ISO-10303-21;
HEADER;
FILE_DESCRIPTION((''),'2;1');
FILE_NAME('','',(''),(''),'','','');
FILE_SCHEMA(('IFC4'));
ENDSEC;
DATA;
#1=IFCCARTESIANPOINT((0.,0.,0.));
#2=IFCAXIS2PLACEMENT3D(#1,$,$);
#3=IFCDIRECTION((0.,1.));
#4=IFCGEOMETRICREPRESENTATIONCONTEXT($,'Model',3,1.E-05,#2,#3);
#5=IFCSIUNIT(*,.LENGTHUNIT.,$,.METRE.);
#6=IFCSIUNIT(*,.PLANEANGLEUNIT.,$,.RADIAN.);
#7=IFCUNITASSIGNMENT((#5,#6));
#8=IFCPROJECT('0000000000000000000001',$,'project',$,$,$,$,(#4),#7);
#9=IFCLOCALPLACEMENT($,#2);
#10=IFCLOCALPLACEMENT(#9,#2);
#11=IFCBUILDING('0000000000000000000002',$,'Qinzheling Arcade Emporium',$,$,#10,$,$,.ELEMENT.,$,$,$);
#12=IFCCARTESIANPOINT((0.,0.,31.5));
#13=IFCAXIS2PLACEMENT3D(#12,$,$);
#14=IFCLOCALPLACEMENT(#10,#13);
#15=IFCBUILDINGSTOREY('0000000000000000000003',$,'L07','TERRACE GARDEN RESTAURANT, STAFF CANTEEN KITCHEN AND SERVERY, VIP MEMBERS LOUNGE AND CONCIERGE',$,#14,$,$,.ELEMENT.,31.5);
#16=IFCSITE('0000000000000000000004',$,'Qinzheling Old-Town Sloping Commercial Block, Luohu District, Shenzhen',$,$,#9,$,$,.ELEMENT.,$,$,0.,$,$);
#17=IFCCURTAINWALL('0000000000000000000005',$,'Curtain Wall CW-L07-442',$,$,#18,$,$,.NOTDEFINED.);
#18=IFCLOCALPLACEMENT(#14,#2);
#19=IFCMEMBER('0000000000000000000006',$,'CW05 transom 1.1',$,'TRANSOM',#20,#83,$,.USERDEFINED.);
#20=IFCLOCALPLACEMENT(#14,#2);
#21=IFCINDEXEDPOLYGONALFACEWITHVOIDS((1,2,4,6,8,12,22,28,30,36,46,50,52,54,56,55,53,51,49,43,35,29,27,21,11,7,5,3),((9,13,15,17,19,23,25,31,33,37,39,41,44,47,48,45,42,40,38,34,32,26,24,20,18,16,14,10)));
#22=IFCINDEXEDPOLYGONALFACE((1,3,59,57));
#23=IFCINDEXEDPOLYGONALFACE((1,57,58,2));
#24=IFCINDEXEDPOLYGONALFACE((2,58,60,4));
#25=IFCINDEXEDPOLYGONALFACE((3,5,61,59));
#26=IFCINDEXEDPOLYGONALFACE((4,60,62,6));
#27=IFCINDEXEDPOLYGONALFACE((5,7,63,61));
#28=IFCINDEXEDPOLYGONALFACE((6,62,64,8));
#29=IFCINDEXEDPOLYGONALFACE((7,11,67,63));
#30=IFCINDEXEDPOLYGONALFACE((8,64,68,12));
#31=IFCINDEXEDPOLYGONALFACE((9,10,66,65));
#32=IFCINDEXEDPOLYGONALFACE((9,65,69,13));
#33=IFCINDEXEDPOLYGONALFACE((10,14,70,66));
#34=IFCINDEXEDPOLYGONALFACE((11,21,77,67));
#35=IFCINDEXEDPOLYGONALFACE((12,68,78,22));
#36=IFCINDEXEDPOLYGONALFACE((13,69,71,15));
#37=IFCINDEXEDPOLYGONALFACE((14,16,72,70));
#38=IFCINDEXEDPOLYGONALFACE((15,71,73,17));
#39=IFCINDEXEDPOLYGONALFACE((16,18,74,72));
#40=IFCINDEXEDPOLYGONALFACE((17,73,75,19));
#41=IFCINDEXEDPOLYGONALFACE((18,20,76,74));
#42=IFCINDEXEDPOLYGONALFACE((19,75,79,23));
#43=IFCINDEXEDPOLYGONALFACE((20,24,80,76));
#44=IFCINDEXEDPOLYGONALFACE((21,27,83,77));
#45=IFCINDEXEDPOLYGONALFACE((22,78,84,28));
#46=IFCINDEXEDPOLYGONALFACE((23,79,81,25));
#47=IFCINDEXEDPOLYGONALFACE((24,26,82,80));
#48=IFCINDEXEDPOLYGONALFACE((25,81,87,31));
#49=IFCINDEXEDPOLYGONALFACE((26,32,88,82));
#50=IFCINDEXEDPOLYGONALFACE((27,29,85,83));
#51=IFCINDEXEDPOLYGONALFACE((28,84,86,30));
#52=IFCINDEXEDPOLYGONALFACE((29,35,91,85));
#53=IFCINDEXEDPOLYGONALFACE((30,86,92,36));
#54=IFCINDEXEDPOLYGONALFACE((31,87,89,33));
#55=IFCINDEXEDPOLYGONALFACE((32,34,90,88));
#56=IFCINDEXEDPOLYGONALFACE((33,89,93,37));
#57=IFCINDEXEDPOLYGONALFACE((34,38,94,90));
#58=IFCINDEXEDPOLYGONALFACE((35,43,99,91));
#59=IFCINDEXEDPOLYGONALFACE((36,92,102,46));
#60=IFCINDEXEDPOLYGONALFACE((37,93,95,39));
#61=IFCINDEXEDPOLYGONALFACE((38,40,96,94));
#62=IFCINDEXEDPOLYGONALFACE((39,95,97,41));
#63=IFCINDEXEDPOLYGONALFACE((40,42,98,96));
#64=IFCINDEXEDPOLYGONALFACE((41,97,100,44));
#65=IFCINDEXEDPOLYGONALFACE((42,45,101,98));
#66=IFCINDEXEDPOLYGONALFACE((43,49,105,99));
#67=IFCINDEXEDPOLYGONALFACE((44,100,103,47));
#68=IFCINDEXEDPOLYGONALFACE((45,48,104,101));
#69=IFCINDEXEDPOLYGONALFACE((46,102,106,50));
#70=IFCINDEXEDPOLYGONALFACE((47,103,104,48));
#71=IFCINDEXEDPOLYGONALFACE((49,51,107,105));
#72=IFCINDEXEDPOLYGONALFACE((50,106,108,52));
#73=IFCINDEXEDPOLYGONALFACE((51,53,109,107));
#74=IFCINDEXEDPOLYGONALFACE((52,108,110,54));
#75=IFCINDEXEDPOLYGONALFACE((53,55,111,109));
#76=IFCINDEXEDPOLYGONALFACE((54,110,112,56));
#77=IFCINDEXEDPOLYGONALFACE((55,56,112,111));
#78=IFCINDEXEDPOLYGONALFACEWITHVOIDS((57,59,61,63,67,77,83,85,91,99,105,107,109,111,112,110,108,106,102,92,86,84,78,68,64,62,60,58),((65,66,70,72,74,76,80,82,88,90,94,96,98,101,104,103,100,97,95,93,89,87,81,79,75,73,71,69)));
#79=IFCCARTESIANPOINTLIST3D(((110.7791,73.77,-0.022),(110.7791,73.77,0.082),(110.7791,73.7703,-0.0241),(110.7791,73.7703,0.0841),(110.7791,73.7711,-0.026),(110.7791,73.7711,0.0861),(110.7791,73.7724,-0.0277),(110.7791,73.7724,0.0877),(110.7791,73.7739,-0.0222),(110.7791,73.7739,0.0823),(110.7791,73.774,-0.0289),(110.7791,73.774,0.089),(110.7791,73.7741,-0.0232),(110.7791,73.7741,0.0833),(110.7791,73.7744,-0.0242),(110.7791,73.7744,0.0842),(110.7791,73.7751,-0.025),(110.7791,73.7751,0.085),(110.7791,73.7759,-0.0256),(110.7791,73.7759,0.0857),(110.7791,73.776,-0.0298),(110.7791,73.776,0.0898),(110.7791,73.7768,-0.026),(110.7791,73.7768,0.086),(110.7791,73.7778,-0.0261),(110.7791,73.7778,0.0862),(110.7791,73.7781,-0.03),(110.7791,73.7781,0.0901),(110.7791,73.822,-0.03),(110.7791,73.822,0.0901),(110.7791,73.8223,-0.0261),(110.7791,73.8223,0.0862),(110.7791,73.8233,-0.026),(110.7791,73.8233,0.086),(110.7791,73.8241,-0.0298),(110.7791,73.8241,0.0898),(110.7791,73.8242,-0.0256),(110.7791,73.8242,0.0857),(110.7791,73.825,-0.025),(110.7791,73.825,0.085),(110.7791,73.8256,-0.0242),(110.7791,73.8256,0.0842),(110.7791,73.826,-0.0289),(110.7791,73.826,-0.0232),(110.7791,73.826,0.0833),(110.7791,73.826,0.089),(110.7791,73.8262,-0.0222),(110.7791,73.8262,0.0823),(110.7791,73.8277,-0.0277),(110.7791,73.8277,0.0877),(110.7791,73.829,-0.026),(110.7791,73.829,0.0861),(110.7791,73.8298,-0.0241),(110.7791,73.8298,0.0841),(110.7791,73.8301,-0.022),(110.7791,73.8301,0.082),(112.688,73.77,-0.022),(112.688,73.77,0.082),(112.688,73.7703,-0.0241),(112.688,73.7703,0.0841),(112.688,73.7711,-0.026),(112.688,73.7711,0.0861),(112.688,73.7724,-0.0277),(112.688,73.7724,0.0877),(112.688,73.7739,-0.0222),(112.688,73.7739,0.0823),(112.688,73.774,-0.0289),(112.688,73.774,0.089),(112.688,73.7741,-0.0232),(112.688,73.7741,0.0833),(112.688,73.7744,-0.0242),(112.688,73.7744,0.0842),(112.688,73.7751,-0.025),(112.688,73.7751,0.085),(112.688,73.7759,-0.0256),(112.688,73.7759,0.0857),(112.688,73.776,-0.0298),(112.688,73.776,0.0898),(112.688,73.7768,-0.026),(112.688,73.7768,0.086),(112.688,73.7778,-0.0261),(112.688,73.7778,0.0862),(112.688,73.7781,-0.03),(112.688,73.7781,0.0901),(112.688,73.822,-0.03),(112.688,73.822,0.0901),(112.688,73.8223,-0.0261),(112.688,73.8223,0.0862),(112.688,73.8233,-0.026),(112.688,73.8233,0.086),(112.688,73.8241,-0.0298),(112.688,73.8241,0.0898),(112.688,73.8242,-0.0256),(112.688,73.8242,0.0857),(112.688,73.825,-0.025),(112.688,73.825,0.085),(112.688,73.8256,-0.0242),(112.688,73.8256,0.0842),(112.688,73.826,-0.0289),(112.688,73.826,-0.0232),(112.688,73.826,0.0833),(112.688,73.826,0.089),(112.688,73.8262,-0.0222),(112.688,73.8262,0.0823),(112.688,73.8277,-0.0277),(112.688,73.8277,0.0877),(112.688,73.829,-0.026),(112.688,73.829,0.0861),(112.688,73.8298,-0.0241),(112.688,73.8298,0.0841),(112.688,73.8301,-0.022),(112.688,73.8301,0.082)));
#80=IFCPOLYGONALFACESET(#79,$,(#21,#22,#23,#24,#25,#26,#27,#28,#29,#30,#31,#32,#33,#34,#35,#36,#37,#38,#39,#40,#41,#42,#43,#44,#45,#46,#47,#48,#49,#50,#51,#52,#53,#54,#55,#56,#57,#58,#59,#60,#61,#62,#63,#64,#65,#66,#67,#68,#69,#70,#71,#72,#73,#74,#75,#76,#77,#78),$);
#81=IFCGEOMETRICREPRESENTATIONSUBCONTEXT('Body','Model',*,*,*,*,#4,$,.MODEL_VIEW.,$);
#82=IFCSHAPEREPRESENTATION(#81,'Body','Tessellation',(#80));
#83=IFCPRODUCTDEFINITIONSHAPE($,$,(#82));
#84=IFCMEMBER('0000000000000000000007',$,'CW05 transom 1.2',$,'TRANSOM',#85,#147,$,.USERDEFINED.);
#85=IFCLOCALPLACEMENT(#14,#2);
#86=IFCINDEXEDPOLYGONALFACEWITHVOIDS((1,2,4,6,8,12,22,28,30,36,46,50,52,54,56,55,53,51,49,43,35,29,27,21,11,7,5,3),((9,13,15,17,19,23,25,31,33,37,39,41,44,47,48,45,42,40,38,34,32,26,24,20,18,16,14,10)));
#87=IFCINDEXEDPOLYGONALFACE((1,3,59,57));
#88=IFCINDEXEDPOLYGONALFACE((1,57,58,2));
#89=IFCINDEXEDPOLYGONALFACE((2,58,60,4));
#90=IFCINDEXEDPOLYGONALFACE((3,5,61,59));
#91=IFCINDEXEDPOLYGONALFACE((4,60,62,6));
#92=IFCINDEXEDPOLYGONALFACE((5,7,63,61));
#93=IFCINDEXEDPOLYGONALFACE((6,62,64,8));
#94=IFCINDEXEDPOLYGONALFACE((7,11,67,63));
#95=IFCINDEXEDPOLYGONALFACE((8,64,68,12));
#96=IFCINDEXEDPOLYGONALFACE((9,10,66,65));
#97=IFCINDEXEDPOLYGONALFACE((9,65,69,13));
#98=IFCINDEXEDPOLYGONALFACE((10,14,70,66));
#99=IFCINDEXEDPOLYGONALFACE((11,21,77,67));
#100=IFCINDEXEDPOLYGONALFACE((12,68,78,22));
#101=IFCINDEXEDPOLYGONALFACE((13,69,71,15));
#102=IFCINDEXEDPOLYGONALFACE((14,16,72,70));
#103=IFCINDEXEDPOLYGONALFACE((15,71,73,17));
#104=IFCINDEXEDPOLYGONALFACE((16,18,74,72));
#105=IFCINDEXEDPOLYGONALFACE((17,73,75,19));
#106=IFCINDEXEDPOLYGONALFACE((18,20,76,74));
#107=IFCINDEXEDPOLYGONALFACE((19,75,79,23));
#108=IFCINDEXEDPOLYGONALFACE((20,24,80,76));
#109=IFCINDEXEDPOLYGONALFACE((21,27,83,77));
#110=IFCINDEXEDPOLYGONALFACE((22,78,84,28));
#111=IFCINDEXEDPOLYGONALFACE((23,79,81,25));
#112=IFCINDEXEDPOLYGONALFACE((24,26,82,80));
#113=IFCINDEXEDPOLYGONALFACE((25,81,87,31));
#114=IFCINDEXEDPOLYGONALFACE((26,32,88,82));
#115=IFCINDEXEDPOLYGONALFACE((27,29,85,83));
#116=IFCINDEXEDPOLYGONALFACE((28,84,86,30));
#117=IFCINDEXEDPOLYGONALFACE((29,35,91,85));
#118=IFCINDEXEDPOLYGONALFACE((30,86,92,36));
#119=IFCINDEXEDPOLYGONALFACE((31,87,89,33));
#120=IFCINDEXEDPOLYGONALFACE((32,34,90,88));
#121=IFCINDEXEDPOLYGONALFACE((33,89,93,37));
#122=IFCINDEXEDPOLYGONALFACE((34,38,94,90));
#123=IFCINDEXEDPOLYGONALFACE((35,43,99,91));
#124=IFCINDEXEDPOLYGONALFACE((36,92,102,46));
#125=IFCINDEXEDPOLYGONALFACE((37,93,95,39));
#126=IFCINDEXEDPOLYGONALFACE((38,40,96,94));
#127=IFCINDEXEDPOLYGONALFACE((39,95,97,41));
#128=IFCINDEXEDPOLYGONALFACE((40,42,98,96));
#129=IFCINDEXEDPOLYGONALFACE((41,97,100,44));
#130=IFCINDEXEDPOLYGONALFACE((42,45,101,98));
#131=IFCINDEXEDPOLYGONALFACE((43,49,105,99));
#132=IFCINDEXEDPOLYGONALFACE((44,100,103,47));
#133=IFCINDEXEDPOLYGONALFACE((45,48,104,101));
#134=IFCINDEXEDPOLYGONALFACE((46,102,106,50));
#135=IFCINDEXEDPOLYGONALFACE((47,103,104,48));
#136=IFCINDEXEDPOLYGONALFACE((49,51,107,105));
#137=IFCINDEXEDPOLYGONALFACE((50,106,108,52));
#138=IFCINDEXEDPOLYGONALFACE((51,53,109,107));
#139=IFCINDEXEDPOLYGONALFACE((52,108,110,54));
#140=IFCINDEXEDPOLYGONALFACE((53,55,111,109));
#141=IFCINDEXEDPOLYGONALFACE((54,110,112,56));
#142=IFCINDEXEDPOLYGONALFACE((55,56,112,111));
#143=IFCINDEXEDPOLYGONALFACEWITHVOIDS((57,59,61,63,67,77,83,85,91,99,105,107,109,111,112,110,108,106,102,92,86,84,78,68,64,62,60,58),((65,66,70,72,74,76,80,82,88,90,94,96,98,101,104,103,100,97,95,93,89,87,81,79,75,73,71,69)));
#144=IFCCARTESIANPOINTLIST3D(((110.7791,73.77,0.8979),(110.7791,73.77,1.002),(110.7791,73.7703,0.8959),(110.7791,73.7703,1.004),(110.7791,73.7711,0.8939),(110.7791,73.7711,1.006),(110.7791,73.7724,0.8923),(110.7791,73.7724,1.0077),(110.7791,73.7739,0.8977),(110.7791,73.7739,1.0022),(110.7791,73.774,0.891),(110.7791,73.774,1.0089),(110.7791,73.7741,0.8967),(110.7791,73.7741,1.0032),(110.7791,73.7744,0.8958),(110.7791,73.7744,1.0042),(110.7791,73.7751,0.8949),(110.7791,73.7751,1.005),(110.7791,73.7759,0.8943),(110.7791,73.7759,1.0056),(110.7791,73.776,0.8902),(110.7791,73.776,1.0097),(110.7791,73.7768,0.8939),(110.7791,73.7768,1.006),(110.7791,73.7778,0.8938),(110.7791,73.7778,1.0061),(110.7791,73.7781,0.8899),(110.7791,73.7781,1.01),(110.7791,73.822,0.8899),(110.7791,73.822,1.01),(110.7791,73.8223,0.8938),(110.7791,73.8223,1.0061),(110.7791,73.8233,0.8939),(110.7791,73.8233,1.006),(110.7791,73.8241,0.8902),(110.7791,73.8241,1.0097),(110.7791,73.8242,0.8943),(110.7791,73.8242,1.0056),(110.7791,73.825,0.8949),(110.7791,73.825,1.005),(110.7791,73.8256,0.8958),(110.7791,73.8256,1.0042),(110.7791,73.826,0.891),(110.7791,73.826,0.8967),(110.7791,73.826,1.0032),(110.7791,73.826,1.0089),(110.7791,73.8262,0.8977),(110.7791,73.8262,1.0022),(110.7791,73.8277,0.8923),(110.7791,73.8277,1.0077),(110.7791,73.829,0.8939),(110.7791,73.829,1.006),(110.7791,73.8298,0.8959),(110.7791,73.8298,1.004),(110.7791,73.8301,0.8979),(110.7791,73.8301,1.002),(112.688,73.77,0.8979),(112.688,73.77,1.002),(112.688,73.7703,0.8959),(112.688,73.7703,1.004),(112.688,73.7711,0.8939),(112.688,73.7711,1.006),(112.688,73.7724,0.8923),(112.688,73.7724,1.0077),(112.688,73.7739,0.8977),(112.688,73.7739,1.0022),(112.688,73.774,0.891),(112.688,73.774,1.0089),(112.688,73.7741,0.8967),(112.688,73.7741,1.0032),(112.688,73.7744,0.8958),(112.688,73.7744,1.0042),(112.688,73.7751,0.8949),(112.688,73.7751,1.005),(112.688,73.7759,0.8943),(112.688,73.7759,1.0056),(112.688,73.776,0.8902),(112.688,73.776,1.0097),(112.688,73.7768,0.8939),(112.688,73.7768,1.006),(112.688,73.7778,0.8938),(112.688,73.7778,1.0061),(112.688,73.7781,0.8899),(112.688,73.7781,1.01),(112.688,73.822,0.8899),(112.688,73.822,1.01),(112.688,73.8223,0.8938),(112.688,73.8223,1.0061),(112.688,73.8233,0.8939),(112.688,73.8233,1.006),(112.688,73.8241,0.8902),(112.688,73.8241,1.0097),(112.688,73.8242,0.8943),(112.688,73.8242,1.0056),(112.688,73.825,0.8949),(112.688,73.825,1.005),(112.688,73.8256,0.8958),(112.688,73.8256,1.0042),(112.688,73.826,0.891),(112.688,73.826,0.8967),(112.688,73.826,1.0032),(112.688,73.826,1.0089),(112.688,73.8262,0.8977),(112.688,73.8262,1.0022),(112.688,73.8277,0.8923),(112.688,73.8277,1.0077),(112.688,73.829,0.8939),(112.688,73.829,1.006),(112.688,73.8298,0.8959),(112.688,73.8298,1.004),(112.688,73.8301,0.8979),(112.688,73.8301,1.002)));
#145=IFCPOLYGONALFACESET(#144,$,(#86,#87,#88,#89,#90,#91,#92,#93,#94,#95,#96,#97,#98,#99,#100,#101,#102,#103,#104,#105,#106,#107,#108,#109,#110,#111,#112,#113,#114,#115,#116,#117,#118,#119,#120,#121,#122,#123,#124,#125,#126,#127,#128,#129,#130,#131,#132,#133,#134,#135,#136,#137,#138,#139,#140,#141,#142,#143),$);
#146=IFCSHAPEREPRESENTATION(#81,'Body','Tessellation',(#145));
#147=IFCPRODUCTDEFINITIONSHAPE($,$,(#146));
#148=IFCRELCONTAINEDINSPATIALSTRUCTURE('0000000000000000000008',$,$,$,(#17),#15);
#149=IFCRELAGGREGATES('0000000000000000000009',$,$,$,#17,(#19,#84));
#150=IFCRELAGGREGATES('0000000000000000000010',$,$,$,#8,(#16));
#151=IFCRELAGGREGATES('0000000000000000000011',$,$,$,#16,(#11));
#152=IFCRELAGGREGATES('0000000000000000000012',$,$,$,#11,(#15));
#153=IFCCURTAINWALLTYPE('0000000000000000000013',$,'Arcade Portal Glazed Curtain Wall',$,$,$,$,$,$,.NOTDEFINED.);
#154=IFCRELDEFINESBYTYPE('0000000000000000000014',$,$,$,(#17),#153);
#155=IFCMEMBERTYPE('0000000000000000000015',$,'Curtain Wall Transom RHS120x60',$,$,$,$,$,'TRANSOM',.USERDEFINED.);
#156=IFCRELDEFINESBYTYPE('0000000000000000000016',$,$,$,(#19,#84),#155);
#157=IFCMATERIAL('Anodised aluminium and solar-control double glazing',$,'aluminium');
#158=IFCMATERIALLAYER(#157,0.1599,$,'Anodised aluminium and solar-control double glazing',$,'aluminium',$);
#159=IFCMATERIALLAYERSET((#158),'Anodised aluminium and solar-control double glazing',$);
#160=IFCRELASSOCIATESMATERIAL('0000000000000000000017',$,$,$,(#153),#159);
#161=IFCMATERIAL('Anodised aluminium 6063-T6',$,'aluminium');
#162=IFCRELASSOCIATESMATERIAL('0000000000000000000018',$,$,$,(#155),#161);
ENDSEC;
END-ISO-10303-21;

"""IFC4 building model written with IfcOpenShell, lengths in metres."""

from ifc_helpers import new_model, si_unit, direction, frame, origin, origin_2d, place, context, subcontext, project, spatial, hollow_rectangle, extrude, material, layer, layer_set, material_profile, profile_set, type_object, element, aggregate, save


model = new_model("IFC4")

# Units and contexts
model_context = context("Model", 3, precision=1e-05, world=origin(), true_north=direction((0.0, 1.0)))
body_context = subcontext(model_context, "Body", "Model", "MODEL_VIEW")
ifc_project = project(units=[si_unit("LENGTHUNIT", "METRE"), si_unit("PLANEANGLEUNIT", "RADIAN")], contexts=[model_context])

# Site, building, storey
site_placement = place(None, origin())
site = spatial("IfcSite", under=ifc_project, at=site_placement, Name="Qinzheling Old-Town Sloping Commercial Block, Luohu District, Shenzhen", CompositionType="ELEMENT", RefElevation=0.0)
building_placement = place(site_placement, origin())
building = spatial("IfcBuilding", under=site, at=building_placement, Name="Qinzheling Arcade Emporium", CompositionType="ELEMENT")
storey_placement = place(building_placement, frame((0.0, 0.0, 31.5)))
storey = spatial("IfcBuildingStorey", under=building, at=storey_placement, Name="L07", Description="TERRACE GARDEN RESTAURANT, STAFF CANTEEN KITCHEN AND SERVERY, VIP MEMBERS LOUNGE AND CONCIERGE", CompositionType="ELEMENT", Elevation=31.5)

# Shared definitions
ifc_material_1 = material(Name="Anodised aluminium and solar-control double glazing", Category="aluminium")
ifc_layer_1 = layer(ifc_material_1, 0.1599, Name="Anodised aluminium and solar-control double glazing", Category="aluminium")
ifc_layer_set_1 = layer_set([ifc_layer_1], Name="Anodised aluminium and solar-control double glazing")
curtain_wall_type = type_object("IfcCurtainWallType", Name="Arcade Portal Glazed Curtain Wall", PredefinedType="NOTDEFINED", material=ifc_layer_set_1)
ifc_material_2 = material(Name="Anodised aluminium 6063-T6", Category="aluminium")

# Curtain wall, members
curtain_wall_1_placement = place(storey_placement, origin())
curtain_wall_1 = element("IfcCurtainWall", 1, at=curtain_wall_1_placement, inside=storey, type_object=curtain_wall_type, Name="Curtain Wall CW-L07-442", PredefinedType="NOTDEFINED")
ifc_material_profile_1 = material_profile(ifc_material_2, hollow_rectangle(XDim=0.0601, YDim=0.1201, WallThickness=0.0039, InnerFilletRadius=0.0039, OuterFilletRadius=0.0081, at=origin_2d()), Name="RHS 120x60x4", Category="aluminium")
ifc_profile_set_1 = profile_set([ifc_material_profile_1], Name="Anodised aluminium 6063-T6")
member_type_1 = type_object("IfcMemberType", Name="Curtain Wall Transom RHS120x60", ElementType="TRANSOM", PredefinedType="USERDEFINED", material=ifc_profile_set_1)
member_1_placement = place(storey_placement, frame((112.688, 73.8, 0.03), z_axis=(-1.0, 0.0, 0.0), x_axis=(0.0, -1.0, 0.0)))
member_1 = element("IfcMember", 2, at=member_1_placement, type_object=member_type_1, Name="CW05 transom 1.1", ObjectType="TRANSOM", PredefinedType="USERDEFINED", context=body_context, shape_type="SweptSolid", body=[
    extrude(hollow_rectangle(XDim=0.0601, YDim=0.1201, WallThickness=0.0039, InnerFilletRadius=0.0039, OuterFilletRadius=0.0081, at=origin_2d()), origin(), (0.0, 0.0, 1.0), 1.9089),
])
member_2_placement = place(storey_placement, frame((112.688, 73.8, 0.95), z_axis=(-1.0, 0.0, 0.0), x_axis=(0.0, -1.0, 0.0)))
member_2 = element("IfcMember", 3, at=member_2_placement, type_object=member_type_1, Name="CW05 transom 1.2", ObjectType="TRANSOM", PredefinedType="USERDEFINED", context=body_context, shape_type="SweptSolid", body=[
    extrude(hollow_rectangle(XDim=0.0601, YDim=0.1201, WallThickness=0.0039, InnerFilletRadius=0.0039, OuterFilletRadius=0.0081, at=origin_2d()), origin(), (0.0, 0.0, 1.0), 1.9089),
])

aggregate(curtain_wall_1, [member_1, member_2])

save(model, "model.ifc")
